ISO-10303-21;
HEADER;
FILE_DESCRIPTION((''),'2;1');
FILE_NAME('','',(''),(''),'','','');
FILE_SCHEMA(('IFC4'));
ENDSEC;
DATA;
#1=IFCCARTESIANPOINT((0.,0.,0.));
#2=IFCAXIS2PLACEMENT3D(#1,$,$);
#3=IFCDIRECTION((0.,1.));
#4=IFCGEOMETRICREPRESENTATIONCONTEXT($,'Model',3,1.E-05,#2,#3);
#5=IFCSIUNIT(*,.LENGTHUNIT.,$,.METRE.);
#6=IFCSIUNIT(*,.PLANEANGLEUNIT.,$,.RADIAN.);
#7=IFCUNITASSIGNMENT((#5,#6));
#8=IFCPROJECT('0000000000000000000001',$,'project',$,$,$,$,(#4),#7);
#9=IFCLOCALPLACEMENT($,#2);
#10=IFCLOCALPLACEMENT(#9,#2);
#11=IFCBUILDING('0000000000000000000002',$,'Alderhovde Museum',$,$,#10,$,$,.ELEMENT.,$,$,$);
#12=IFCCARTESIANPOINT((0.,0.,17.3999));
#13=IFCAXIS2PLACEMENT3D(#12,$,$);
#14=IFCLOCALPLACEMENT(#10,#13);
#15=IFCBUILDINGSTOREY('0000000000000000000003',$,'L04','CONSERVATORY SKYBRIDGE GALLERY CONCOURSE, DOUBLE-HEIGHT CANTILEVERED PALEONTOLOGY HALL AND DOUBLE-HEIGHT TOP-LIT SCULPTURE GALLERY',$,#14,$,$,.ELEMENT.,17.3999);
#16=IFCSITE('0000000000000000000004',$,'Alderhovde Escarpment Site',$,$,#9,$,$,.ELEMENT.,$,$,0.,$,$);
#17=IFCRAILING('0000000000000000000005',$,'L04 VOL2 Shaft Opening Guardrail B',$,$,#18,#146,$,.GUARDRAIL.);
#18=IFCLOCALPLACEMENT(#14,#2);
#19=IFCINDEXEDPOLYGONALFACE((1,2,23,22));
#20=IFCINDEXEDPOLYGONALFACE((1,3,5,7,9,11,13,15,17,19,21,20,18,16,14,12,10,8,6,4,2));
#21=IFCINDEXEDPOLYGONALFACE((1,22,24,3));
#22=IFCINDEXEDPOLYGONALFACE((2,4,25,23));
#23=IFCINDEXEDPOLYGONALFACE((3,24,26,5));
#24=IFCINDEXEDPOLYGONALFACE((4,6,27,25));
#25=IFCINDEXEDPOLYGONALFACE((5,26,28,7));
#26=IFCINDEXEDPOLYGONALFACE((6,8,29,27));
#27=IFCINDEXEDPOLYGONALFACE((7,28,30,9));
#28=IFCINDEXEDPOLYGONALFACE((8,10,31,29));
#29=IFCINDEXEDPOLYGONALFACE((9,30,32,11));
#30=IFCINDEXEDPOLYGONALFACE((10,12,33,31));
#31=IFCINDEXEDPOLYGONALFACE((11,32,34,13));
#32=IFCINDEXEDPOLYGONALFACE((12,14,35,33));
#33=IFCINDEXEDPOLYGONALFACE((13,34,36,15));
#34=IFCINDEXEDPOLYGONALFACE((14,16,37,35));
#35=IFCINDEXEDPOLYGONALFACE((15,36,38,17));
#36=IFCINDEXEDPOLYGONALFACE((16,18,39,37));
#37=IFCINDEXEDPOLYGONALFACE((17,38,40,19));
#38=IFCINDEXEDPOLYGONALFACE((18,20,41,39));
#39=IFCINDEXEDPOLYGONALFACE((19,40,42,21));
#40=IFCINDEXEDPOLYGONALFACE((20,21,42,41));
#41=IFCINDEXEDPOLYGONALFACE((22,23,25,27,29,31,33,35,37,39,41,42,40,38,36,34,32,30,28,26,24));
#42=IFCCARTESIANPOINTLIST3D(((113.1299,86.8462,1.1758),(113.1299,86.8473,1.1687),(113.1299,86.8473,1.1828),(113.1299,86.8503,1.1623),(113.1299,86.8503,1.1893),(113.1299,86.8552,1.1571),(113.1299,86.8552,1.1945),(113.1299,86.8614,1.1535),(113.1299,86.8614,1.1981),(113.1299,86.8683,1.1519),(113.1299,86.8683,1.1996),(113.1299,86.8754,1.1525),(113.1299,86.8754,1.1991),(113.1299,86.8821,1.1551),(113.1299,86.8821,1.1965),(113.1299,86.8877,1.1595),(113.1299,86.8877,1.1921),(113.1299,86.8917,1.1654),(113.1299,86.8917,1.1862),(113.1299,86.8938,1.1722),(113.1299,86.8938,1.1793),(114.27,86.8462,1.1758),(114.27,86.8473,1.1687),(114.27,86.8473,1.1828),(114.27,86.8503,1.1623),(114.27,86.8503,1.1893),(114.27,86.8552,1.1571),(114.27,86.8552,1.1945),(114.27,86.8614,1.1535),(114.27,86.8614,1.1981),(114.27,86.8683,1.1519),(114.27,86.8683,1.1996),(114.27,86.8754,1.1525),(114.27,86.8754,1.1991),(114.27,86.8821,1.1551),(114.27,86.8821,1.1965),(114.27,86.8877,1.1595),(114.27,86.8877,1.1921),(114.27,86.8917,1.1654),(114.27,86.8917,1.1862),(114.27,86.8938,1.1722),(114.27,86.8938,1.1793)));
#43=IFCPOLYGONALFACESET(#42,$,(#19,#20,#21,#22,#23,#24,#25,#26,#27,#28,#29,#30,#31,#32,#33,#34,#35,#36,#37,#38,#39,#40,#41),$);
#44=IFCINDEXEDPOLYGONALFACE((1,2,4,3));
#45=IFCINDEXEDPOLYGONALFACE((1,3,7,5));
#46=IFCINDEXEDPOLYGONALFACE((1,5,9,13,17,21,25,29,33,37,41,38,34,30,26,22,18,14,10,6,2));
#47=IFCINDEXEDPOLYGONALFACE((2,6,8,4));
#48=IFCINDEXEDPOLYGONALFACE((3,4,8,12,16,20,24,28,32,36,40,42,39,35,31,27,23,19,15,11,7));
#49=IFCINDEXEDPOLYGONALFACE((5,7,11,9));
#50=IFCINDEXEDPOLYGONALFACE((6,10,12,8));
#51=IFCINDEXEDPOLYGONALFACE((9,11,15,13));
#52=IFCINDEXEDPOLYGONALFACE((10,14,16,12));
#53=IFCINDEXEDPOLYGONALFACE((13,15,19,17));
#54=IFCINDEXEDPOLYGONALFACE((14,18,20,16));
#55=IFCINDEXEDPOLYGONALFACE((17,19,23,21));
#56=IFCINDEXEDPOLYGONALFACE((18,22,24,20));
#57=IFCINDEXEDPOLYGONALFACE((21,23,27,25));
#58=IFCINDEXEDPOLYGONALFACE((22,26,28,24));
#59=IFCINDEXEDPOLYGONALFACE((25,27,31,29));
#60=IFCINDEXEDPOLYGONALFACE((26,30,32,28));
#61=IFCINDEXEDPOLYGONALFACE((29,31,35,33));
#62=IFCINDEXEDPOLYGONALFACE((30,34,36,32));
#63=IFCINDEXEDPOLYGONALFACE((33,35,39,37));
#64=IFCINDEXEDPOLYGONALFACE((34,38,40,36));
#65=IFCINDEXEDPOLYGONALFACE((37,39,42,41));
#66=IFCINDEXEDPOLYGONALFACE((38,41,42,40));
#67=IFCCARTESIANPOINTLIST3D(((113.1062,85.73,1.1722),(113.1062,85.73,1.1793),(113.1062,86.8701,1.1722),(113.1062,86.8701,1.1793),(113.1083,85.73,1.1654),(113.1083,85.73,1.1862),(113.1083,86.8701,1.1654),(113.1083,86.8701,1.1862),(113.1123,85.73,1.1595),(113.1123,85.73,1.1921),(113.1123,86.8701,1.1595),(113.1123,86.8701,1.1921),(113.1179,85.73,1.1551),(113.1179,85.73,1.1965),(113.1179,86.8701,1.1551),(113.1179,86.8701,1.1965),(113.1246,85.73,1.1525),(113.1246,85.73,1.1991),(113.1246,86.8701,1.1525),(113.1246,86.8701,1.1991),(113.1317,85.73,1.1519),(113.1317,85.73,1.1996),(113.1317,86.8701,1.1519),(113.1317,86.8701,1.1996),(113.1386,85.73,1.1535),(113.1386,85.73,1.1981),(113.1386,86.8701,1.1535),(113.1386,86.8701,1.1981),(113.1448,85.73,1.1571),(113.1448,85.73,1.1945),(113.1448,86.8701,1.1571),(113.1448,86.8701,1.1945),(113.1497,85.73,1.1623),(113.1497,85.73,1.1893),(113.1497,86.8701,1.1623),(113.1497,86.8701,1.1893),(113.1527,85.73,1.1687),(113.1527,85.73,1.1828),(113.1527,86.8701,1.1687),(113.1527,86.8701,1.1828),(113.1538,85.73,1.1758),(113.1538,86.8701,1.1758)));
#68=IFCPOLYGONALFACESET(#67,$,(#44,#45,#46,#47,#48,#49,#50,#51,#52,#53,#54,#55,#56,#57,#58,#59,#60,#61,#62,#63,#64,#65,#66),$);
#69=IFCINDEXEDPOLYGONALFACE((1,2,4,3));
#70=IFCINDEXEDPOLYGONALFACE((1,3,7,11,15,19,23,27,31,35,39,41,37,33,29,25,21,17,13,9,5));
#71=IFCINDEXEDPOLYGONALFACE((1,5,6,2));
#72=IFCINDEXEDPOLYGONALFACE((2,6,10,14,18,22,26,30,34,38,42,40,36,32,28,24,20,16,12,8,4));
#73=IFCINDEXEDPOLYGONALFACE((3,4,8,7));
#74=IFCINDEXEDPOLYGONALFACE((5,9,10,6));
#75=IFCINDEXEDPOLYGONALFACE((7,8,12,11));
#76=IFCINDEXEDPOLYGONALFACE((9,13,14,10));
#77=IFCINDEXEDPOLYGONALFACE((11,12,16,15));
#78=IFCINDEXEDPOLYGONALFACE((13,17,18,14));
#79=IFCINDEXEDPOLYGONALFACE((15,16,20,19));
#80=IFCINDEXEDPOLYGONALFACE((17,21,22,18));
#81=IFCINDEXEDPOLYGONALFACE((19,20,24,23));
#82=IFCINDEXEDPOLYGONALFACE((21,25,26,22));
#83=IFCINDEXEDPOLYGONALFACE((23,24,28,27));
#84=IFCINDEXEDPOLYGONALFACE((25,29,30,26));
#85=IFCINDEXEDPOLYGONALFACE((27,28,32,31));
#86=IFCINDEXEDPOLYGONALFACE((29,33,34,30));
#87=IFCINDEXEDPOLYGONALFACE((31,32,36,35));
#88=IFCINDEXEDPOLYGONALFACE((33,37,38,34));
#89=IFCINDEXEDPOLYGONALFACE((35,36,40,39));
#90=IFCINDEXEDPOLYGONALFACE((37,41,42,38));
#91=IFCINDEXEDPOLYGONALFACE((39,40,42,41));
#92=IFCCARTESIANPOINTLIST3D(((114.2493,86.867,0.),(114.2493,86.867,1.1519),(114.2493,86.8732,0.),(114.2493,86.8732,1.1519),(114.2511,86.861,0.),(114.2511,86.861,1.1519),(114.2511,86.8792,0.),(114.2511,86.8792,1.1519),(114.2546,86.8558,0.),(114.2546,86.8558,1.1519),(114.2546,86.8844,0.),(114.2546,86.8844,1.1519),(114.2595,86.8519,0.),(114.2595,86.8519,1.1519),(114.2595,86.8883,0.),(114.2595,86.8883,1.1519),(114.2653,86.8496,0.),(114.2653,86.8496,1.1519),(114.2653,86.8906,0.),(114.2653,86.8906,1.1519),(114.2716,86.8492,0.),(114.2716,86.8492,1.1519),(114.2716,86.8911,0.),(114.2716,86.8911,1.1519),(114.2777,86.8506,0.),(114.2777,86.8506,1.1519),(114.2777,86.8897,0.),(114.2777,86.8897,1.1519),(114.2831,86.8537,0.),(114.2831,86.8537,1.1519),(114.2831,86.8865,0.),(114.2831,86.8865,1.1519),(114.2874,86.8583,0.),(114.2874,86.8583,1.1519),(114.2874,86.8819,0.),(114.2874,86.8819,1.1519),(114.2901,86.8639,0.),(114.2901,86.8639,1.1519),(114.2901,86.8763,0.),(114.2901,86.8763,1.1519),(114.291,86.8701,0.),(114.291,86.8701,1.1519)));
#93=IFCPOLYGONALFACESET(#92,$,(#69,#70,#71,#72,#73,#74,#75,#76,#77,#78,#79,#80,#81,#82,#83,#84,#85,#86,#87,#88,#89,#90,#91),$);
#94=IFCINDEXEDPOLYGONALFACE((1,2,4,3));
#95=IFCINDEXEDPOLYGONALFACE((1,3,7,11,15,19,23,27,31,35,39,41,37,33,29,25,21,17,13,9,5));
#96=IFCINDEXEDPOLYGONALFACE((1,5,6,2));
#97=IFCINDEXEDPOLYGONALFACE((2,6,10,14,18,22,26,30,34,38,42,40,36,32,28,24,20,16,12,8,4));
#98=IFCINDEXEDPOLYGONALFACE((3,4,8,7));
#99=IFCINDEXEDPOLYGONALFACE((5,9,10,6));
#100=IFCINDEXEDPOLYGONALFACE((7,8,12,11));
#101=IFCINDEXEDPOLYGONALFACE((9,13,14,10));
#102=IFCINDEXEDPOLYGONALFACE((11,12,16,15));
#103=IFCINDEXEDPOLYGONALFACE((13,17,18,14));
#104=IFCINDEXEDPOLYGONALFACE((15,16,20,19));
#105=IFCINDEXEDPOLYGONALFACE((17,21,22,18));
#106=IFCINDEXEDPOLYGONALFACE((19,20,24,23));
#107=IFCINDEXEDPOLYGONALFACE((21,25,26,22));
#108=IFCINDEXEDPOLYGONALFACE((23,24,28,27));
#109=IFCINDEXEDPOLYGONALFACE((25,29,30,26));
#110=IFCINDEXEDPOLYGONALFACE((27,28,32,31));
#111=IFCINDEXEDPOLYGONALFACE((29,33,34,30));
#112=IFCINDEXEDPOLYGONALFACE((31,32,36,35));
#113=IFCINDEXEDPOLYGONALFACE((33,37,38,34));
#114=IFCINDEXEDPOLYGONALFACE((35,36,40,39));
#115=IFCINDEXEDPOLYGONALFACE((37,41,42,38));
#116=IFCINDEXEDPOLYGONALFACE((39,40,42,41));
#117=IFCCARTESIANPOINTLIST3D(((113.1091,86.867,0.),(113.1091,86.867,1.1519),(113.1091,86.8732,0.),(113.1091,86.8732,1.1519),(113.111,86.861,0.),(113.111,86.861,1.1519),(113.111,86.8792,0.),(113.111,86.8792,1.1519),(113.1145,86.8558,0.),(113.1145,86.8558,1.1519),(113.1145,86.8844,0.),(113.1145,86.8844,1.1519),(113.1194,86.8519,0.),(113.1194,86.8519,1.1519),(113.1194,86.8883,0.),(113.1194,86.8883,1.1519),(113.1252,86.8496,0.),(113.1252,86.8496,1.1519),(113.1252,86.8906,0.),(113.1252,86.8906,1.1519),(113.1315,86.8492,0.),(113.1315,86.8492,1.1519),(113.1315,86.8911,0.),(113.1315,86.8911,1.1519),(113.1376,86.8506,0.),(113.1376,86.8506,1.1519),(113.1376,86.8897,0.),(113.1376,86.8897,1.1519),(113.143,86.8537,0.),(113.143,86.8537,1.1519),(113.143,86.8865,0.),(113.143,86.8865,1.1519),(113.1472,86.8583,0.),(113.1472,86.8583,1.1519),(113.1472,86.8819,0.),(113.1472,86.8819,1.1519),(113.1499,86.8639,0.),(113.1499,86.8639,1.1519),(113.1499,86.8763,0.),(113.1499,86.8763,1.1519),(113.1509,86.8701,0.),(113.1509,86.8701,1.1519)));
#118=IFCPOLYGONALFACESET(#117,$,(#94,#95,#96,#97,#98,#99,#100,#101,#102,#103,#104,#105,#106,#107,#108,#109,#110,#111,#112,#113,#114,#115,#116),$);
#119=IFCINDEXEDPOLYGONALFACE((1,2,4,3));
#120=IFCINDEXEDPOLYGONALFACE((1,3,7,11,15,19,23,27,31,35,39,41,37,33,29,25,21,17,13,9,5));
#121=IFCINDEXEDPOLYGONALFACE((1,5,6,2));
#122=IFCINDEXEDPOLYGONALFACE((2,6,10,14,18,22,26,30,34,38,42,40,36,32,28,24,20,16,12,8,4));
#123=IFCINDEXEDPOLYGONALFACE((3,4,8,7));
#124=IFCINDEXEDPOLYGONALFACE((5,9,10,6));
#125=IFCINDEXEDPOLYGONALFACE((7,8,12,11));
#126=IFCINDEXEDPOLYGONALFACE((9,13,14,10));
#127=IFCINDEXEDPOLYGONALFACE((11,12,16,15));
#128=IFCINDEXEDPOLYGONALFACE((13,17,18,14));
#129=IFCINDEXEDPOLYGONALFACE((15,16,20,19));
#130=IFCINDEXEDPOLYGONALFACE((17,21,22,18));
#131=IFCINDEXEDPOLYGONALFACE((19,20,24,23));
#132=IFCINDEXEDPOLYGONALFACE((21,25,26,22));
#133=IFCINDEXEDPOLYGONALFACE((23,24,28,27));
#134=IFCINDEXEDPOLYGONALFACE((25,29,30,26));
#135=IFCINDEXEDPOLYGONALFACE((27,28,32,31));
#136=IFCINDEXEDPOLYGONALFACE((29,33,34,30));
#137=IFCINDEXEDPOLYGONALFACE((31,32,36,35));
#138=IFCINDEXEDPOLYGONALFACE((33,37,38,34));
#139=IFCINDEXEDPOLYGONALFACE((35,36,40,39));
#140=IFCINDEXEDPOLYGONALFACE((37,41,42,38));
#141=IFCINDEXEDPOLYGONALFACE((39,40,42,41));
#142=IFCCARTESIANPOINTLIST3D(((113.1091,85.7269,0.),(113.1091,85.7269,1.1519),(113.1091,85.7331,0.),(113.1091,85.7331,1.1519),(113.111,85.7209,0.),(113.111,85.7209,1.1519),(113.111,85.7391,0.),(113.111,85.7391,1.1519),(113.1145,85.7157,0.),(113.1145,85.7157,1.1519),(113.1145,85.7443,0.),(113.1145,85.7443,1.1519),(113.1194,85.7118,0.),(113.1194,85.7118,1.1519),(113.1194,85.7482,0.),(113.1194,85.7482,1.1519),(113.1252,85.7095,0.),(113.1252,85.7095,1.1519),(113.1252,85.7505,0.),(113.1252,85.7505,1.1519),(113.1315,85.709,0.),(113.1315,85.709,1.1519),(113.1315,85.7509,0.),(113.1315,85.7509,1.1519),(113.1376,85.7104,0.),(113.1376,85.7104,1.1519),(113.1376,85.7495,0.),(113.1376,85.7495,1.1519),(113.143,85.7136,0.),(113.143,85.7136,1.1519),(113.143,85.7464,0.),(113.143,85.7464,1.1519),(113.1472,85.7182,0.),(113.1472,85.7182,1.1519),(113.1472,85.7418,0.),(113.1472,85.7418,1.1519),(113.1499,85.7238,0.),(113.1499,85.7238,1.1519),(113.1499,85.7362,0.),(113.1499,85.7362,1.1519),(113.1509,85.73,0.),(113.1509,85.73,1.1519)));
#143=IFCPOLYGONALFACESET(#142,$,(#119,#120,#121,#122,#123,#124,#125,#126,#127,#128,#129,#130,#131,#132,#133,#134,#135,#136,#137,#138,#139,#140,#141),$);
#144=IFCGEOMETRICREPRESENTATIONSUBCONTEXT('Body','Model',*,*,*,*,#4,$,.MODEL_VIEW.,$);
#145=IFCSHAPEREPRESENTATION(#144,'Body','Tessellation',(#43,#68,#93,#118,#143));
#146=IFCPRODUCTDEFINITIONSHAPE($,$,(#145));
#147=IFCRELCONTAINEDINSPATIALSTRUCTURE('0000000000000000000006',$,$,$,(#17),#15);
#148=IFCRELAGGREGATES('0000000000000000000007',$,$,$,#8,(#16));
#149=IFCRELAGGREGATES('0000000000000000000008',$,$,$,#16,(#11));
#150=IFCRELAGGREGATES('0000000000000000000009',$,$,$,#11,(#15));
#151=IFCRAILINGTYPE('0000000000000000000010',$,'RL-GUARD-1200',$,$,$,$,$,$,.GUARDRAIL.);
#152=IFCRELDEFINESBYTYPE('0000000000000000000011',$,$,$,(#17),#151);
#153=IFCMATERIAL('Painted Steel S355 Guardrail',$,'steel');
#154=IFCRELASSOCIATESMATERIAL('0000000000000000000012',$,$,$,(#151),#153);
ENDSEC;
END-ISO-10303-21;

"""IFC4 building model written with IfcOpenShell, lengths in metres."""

from ifc_helpers import new_model, si_unit, direction, frame, origin, origin_2d, place, context, subcontext, project, spatial, circle, extrude, material, type_object, element, save


model = new_model("IFC4")

# Units and contexts
model_context = context("Model", 3, precision=1e-05, world=origin(), true_north=direction((0.0, 1.0)))
body_context = subcontext(model_context, "Body", "Model", "MODEL_VIEW")
ifc_project = project(units=[si_unit("LENGTHUNIT", "METRE"), si_unit("PLANEANGLEUNIT", "RADIAN")], contexts=[model_context])

# Site, building, storey
site_placement = place(None, origin())
site = spatial("IfcSite", under=ifc_project, at=site_placement, Name="Alderhovde Escarpment Site", CompositionType="ELEMENT", RefElevation=0.0)
building_placement = place(site_placement, origin())
building = spatial("IfcBuilding", under=site, at=building_placement, Name="Alderhovde Museum", CompositionType="ELEMENT")
storey_placement = place(building_placement, frame((0.0, 0.0, 17.3999)))
storey = spatial("IfcBuildingStorey", under=building, at=storey_placement, Name="L04", Description="CONSERVATORY SKYBRIDGE GALLERY CONCOURSE, DOUBLE-HEIGHT CANTILEVERED PALEONTOLOGY HALL AND DOUBLE-HEIGHT TOP-LIT SCULPTURE GALLERY", CompositionType="ELEMENT", Elevation=17.3999)

# Railing
ifc_material_1 = material(Name="Painted Steel S355 Guardrail", Category="steel")
railing_type = type_object("IfcRailingType", Name="RL-GUARD-1200", PredefinedType="GUARDRAIL", material=ifc_material_1)
railing_1_placement = place(storey_placement, frame((114.27, 86.8701, 0.0)))
element("IfcRailing", 1, at=railing_1_placement, inside=storey, type_object=railing_type, Name="L04 VOL2 Shaft Opening Guardrail B", PredefinedType="GUARDRAIL", context=body_context, shape_type="SweptSolid", body=[
    extrude(circle(Radius=0.0239, at=origin_2d()), frame((0.0, 0.0, 1.1758), z_axis=(-1.0, 0.0, 0.0), x_axis=(0.0, -1.0, 0.0)), (0.0, 0.0, 1.0), 1.1401),
    extrude(circle(Radius=0.0239, at=origin_2d()), frame((-1.1401, 0.0, 1.1758), z_axis=(0.0, -1.0, 0.0), x_axis=(1.0, 0.0, 0.0)), (0.0, 0.0, 1.0), 1.1401),
    extrude(circle(Radius=0.021, at=origin_2d()), origin(), (0.0, 0.0, 1.0), 1.1519),
    extrude(circle(Radius=0.021, at=origin_2d()), frame((-1.1401, 0.0, 0.0)), (0.0, 0.0, 1.0), 1.1519),
    extrude(circle(Radius=0.021, at=origin_2d()), frame((-1.1401, -1.1401, 0.0)), (0.0, 0.0, 1.0), 1.1519),
])

save(model, "model.ifc")
